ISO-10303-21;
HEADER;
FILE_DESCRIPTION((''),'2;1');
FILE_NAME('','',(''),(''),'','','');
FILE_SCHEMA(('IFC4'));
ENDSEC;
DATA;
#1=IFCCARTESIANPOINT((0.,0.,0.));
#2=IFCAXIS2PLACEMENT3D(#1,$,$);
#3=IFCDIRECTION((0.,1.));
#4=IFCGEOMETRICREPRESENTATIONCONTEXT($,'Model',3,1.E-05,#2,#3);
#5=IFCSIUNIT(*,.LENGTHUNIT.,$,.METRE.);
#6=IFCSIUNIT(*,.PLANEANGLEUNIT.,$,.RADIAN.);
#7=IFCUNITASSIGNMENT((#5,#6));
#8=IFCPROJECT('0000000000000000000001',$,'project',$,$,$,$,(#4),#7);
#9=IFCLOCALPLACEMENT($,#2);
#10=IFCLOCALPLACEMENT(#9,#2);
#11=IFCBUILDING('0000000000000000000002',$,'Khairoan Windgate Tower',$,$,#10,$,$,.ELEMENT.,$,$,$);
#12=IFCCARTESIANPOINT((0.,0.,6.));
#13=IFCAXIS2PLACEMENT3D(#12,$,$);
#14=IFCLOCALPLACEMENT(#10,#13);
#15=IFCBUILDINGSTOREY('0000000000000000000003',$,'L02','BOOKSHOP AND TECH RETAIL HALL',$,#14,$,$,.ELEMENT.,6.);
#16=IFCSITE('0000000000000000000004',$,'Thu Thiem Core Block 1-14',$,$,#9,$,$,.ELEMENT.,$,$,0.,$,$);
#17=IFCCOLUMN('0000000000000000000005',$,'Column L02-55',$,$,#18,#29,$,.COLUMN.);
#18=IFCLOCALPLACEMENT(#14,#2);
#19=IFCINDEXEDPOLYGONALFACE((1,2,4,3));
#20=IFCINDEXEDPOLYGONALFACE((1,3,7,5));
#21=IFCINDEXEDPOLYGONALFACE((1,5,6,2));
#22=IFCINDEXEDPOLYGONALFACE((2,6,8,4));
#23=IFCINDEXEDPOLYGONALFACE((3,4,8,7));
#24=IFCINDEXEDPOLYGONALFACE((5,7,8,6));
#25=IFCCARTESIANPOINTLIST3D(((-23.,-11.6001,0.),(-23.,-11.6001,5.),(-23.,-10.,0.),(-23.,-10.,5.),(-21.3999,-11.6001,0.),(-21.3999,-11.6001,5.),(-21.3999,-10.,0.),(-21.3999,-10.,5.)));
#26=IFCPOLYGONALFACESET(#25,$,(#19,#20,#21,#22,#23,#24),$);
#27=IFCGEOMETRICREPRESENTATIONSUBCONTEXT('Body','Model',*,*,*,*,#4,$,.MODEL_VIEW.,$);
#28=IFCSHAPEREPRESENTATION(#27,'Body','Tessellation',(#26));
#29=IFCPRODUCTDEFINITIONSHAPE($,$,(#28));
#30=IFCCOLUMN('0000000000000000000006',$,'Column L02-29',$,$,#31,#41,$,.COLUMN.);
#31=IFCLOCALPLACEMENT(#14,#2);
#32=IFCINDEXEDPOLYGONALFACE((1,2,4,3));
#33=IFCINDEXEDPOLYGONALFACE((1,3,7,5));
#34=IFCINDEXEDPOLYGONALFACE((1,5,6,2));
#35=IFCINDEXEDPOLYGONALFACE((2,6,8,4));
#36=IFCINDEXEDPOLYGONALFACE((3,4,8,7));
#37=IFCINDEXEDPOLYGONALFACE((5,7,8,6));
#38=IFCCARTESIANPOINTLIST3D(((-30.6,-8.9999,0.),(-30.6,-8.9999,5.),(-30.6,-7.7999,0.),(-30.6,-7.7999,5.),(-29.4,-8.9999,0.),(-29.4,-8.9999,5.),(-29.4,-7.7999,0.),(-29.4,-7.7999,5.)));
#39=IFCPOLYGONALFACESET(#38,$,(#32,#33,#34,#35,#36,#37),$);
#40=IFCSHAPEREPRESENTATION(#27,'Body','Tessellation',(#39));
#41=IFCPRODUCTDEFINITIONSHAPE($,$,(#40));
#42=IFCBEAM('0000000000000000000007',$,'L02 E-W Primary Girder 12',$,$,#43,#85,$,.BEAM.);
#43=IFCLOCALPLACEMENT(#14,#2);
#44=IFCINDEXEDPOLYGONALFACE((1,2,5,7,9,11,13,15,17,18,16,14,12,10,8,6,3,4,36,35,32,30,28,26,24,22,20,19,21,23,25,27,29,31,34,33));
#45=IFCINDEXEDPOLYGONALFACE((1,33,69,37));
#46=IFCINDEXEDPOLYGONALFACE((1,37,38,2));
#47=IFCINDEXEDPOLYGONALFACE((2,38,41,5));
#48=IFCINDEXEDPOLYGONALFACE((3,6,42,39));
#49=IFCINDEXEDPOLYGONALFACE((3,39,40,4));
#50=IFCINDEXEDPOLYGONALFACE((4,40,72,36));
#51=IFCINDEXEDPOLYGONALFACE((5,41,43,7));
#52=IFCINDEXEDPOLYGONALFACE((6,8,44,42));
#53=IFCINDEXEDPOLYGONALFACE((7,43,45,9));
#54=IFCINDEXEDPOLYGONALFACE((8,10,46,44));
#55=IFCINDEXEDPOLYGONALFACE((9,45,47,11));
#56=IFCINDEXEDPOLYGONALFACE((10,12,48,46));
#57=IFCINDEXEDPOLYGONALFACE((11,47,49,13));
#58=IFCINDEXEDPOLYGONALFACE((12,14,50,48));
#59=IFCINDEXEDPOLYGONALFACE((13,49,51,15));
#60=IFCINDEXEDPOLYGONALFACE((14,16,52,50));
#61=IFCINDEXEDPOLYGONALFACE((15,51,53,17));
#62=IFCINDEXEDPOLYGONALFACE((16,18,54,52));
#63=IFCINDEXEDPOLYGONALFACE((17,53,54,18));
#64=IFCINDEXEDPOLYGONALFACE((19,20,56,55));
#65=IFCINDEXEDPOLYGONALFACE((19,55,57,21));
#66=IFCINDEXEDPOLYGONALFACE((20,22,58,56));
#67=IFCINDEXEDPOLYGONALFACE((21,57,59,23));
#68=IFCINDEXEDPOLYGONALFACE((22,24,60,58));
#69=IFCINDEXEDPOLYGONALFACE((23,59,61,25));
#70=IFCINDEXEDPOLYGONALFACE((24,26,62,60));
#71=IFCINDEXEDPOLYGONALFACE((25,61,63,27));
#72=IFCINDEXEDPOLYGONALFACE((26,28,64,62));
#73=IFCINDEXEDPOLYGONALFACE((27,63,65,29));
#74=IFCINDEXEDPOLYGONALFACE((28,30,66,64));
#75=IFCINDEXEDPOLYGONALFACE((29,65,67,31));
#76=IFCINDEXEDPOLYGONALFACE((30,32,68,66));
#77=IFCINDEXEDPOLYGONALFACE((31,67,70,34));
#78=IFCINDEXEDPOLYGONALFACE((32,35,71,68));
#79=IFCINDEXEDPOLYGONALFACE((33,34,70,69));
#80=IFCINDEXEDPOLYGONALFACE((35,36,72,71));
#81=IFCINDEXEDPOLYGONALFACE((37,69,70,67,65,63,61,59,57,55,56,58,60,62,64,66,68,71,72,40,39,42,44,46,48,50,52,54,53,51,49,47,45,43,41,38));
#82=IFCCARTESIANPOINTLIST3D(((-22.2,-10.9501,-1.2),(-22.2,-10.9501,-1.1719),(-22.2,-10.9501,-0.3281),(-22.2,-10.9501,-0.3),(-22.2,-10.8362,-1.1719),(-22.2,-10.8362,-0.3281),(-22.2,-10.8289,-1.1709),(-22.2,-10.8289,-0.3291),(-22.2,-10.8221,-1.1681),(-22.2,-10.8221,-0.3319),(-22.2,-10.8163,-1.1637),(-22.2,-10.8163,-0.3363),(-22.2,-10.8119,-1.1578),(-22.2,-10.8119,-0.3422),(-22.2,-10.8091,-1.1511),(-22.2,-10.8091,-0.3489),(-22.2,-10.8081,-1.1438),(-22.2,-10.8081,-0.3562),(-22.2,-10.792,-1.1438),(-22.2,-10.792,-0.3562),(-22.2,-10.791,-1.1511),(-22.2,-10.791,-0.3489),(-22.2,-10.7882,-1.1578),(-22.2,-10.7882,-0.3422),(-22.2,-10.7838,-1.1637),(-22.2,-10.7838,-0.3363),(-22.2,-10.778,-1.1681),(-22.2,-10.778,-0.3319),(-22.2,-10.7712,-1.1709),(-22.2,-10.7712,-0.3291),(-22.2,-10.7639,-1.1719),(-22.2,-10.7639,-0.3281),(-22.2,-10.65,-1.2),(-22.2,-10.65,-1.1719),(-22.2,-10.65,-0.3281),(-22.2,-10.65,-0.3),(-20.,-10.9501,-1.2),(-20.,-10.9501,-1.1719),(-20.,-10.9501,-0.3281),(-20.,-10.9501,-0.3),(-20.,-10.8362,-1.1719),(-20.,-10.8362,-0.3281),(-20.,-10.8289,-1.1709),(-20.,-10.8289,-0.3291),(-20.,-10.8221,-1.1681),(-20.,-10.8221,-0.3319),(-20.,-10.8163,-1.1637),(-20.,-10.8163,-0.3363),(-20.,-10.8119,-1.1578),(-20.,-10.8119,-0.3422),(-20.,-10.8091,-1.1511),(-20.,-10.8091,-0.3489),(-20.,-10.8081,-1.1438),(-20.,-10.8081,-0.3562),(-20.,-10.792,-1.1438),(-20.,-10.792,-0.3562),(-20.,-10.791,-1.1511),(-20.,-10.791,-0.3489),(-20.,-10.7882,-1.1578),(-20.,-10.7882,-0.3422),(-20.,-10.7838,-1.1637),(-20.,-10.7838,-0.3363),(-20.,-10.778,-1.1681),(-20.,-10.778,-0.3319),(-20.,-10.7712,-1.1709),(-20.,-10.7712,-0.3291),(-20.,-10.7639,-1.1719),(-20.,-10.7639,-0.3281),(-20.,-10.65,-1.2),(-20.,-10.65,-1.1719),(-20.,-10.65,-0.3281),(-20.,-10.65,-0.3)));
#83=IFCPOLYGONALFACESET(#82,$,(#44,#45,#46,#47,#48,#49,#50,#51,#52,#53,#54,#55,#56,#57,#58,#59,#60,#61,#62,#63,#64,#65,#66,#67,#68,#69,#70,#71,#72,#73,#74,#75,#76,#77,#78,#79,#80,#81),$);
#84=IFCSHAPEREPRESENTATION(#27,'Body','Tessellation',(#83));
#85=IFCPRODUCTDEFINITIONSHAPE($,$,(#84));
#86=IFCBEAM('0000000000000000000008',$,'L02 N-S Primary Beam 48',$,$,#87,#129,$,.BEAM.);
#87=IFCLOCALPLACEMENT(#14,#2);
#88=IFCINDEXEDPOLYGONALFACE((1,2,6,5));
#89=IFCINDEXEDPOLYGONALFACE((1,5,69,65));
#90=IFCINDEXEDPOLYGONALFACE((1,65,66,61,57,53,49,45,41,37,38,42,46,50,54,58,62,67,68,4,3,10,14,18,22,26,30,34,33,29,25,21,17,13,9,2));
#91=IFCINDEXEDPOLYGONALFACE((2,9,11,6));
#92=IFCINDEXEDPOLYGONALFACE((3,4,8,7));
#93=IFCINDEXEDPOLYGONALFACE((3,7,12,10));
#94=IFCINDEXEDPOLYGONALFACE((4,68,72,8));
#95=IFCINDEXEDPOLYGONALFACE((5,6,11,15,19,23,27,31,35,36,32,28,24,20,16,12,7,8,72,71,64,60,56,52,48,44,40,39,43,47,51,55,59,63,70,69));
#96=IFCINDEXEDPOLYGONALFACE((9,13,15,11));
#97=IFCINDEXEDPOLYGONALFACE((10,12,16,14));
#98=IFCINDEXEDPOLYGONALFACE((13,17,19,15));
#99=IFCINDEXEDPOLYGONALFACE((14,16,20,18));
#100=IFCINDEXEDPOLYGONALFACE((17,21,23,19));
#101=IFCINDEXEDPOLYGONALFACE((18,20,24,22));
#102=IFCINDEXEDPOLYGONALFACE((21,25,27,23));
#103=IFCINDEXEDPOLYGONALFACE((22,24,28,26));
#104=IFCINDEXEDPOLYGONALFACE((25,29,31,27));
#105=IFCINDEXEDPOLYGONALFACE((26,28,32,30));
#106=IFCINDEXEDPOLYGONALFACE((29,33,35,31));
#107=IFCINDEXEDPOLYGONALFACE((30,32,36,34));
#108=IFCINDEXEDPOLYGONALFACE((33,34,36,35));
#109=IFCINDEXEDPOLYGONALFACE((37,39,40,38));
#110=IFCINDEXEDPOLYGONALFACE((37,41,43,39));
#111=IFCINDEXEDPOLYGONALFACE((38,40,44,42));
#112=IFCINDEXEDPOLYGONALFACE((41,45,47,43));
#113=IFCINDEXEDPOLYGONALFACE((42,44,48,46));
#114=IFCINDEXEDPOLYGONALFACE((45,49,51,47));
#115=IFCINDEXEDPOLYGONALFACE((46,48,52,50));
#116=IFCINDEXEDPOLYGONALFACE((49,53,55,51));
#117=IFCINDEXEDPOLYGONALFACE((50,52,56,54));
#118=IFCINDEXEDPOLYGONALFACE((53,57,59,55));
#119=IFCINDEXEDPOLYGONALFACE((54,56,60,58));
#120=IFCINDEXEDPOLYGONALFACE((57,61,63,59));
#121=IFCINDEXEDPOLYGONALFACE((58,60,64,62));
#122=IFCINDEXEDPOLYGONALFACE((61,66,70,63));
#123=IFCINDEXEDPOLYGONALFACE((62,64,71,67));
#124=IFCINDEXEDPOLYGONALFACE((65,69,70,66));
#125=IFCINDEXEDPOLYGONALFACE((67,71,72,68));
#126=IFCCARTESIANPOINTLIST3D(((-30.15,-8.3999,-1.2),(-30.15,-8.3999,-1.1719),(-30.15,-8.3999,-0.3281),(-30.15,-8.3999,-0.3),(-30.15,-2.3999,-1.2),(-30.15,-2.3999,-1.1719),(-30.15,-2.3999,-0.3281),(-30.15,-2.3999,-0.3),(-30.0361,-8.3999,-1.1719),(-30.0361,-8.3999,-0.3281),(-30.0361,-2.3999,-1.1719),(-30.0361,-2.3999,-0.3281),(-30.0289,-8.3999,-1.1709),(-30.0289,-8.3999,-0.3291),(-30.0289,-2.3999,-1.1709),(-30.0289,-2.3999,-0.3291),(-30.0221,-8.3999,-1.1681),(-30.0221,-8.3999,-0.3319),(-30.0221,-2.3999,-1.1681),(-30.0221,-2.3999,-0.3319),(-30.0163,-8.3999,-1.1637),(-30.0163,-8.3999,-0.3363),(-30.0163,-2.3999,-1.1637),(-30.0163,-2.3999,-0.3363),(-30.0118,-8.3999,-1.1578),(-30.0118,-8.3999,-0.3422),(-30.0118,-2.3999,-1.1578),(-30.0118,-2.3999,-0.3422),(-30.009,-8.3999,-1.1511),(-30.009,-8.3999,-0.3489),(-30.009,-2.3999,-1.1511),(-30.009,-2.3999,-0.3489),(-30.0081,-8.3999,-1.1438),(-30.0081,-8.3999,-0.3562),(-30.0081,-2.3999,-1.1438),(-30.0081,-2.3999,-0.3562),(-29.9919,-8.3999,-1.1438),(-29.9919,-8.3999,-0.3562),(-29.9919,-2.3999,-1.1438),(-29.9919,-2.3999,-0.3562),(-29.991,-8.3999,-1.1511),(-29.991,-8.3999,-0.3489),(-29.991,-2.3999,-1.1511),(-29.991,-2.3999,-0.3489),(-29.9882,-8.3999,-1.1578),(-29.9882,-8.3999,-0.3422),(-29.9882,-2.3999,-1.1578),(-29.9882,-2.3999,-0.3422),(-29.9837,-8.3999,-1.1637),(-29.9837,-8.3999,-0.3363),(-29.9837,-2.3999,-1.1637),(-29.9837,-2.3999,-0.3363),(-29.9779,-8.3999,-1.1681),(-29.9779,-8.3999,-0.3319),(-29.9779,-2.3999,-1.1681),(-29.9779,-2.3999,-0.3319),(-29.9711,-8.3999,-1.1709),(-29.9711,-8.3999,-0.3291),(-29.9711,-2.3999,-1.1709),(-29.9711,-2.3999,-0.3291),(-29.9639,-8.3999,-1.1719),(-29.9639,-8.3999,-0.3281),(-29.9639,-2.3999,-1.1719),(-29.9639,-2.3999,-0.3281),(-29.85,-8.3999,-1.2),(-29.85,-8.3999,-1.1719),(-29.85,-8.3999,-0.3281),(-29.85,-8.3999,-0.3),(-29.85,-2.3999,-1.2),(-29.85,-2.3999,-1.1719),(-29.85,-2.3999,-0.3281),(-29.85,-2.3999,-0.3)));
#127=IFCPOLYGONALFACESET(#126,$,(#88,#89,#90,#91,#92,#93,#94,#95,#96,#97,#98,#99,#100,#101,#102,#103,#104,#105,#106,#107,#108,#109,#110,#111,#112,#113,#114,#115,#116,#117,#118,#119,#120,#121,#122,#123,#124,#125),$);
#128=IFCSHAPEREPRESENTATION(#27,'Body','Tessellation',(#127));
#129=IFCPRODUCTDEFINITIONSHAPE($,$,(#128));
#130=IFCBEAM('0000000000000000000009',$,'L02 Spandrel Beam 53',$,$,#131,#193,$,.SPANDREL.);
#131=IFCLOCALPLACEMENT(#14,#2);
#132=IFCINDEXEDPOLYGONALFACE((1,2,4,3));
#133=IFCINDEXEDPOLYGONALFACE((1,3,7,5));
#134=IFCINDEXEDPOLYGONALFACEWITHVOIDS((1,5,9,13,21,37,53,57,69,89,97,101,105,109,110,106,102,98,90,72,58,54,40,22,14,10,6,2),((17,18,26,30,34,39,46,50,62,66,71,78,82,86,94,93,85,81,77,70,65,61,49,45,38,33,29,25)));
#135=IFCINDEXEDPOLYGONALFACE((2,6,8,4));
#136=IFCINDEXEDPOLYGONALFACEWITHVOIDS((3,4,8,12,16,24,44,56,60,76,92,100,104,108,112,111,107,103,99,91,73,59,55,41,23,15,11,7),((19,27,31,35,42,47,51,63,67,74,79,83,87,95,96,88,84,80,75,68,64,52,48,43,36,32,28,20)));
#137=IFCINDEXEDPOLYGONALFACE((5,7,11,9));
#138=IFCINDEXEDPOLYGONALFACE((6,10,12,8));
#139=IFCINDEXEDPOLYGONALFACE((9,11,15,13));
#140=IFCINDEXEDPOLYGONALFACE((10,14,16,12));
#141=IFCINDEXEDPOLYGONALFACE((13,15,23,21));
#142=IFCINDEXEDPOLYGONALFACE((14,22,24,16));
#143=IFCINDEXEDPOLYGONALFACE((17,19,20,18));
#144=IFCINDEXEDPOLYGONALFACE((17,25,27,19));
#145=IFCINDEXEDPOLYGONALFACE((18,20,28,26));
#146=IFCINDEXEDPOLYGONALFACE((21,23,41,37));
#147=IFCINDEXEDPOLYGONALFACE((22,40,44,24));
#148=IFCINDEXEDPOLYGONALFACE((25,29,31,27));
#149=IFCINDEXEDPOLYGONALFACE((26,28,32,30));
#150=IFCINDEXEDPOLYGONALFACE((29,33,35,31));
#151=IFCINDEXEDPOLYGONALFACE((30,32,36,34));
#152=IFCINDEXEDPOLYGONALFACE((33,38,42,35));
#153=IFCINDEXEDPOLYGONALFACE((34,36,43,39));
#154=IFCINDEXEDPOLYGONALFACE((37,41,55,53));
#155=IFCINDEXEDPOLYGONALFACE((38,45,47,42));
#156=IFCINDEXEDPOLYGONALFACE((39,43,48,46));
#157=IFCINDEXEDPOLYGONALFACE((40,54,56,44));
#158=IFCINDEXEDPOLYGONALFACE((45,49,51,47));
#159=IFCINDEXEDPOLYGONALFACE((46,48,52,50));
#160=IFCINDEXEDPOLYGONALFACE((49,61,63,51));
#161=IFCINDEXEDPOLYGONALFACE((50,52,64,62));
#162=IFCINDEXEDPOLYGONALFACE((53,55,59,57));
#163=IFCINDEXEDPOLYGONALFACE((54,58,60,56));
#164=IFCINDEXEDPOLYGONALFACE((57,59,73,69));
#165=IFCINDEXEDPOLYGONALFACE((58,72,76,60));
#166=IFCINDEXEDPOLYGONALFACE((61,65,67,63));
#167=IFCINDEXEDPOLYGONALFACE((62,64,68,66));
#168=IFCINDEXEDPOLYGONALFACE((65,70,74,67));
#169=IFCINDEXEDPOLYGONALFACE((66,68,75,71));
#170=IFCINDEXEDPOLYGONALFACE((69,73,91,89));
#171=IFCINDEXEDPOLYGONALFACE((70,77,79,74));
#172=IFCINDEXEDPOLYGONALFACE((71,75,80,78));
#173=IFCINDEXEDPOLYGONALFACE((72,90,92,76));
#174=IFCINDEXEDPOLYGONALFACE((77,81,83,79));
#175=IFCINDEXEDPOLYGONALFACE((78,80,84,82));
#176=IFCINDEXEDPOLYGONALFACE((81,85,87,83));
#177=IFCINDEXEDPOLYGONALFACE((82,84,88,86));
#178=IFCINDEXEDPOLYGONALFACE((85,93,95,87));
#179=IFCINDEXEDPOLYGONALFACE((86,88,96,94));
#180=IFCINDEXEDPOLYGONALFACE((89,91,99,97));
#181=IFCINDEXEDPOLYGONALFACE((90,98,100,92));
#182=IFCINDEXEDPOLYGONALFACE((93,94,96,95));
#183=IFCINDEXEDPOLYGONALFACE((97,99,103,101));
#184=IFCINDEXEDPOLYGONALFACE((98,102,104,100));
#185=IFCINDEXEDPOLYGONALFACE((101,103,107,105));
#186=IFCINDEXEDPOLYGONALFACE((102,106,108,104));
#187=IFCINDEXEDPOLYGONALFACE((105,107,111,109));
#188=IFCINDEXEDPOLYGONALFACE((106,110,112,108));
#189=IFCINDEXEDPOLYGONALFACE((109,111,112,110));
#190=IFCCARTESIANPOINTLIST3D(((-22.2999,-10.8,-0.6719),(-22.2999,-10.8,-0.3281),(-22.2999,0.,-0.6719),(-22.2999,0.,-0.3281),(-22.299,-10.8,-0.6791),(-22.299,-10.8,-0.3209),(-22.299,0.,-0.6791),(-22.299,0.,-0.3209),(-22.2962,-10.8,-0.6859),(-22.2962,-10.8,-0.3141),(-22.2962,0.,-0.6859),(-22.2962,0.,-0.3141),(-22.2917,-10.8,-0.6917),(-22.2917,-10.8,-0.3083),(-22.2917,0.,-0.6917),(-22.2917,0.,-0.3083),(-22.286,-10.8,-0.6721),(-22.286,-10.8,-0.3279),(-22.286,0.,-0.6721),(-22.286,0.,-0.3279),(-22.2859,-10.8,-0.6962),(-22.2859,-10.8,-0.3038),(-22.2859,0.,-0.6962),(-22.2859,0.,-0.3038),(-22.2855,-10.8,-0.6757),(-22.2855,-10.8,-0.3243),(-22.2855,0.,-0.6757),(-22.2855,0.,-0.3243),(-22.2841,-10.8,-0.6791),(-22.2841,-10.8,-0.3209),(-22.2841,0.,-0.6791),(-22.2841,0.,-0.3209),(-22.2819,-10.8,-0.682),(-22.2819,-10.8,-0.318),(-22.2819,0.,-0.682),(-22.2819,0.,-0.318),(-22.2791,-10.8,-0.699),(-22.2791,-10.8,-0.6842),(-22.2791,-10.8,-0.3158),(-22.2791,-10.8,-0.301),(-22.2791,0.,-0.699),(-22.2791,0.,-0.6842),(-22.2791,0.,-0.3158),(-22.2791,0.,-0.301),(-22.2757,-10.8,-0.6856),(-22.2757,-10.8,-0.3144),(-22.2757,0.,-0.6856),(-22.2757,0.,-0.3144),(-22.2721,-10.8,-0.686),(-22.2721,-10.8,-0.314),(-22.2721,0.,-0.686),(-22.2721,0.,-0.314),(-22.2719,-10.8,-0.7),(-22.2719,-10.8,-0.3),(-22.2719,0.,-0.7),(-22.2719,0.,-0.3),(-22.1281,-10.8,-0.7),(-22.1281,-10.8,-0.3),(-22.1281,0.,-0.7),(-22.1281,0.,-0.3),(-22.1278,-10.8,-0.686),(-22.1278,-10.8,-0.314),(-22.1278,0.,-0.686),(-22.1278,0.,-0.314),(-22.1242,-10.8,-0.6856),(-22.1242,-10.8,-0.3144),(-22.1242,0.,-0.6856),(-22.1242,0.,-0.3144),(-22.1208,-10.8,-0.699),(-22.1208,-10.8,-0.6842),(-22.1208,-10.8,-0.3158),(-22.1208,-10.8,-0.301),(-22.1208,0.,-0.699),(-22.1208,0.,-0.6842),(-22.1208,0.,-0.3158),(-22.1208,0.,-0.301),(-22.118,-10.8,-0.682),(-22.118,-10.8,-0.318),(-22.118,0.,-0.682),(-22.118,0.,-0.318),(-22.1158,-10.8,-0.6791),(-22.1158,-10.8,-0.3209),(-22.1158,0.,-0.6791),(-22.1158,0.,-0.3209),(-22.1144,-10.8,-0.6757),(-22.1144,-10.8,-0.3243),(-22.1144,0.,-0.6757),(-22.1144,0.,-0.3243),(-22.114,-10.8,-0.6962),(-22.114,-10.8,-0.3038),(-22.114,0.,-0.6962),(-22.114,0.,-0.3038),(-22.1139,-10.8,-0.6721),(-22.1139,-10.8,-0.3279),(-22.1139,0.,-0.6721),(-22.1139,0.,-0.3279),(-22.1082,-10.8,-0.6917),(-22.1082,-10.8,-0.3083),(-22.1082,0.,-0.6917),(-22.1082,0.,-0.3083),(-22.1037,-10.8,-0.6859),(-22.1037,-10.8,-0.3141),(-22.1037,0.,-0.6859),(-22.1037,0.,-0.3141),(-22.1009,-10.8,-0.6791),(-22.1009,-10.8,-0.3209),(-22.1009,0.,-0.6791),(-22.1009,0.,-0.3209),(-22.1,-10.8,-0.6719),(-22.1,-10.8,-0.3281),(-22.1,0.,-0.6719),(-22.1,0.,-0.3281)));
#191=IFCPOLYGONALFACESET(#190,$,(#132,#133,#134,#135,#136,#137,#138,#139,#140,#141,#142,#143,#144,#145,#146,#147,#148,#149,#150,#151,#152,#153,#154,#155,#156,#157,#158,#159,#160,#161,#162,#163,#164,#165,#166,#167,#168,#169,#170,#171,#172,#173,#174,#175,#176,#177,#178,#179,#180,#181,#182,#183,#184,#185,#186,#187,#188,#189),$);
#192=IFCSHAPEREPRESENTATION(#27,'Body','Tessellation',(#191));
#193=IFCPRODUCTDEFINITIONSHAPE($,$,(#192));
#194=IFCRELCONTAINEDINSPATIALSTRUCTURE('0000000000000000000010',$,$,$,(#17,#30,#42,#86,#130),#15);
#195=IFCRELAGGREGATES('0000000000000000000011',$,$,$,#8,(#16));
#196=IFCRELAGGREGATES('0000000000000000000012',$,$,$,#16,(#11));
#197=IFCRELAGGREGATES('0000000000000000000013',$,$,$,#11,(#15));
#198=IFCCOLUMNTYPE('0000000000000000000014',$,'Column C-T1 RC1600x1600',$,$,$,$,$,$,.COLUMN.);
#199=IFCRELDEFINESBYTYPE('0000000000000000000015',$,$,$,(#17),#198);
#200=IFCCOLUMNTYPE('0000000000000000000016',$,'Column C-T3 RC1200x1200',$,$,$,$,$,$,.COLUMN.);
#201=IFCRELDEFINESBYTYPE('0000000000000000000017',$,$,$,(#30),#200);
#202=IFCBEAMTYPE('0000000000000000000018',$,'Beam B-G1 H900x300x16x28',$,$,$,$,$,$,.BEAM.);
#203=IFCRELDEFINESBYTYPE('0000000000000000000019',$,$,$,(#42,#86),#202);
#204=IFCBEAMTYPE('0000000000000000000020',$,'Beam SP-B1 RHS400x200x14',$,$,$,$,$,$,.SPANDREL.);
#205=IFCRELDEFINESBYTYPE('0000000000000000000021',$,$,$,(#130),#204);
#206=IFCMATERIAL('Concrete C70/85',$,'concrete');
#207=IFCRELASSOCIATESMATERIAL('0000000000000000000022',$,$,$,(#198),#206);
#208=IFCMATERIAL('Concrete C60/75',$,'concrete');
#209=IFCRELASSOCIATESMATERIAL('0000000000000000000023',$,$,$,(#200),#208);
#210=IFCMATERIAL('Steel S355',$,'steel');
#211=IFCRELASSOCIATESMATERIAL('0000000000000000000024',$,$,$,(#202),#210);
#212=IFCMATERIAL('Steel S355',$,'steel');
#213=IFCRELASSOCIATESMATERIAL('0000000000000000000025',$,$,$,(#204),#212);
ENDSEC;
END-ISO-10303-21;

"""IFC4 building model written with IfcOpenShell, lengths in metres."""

from ifc_helpers import new_model, si_unit, direction, frame, origin, origin_2d, place, context, subcontext, project, spatial, rectangle, hollow_rectangle, i_section, extrude, material, material_profile, profile_set, type_object, element, save


model = new_model("IFC4")

# Units and contexts
model_context = context("Model", 3, precision=1e-05, world=origin(), true_north=direction((0.0, 1.0)))
body_context = subcontext(model_context, "Body", "Model", "MODEL_VIEW")
ifc_project = project(units=[si_unit("LENGTHUNIT", "METRE"), si_unit("PLANEANGLEUNIT", "RADIAN")], contexts=[model_context])

# Site, building, storey
site_placement = place(None, origin())
site = spatial("IfcSite", under=ifc_project, at=site_placement, Name="Thu Thiem Core Block 1-14", CompositionType="ELEMENT", RefElevation=0.0)
building_placement = place(site_placement, origin())
building = spatial("IfcBuilding", under=site, at=building_placement, Name="Khairoan Windgate Tower", CompositionType="ELEMENT")
storey_placement = place(building_placement, frame((0.0, 0.0, 6.0)))
storey = spatial("IfcBuildingStorey", under=building, at=storey_placement, Name="L02", Description="BOOKSHOP AND TECH RETAIL HALL", CompositionType="ELEMENT", Elevation=6.0)

# Columns
ifc_material_1 = material(Name="Concrete C70/85", Category="concrete")
ifc_material_profile_1 = material_profile(ifc_material_1, rectangle(XDim=1.6001, YDim=1.6001, at=origin_2d()))
ifc_profile_set_1 = profile_set([ifc_material_profile_1], Name="Concrete C70/85")
column_type_1 = type_object("IfcColumnType", Name="Column C-T1 RC1600x1600", PredefinedType="COLUMN", material=ifc_profile_set_1)
column_1_placement = place(storey_placement, frame((-22.2, -10.8, 0.0), z_axis=(0.0, 0.0, 1.0), x_axis=(1.0, 0.0, 0.0)))
element("IfcColumn", 1, at=column_1_placement, inside=storey, type_object=column_type_1, Name="Column L02-55", PredefinedType="COLUMN", context=body_context, shape_type="SweptSolid", body=[
    extrude(rectangle(XDim=1.6001, YDim=1.6001, at=origin_2d()), origin(), (0.0, 0.0, 1.0), 5.0),
])
ifc_material_2 = material(Name="Concrete C60/75", Category="concrete")
ifc_material_profile_2 = material_profile(ifc_material_2, rectangle(XDim=1.2, YDim=1.2, at=origin_2d()))
ifc_profile_set_2 = profile_set([ifc_material_profile_2], Name="Concrete C60/75")
column_type_2 = type_object("IfcColumnType", Name="Column C-T3 RC1200x1200", PredefinedType="COLUMN", material=ifc_profile_set_2)
column_2_placement = place(storey_placement, frame((-30.0, -8.3999, 0.0), z_axis=(0.0, 0.0, 1.0), x_axis=(1.0, 0.0, 0.0)))
element("IfcColumn", 2, at=column_2_placement, inside=storey, type_object=column_type_2, Name="Column L02-29", PredefinedType="COLUMN", context=body_context, shape_type="SweptSolid", body=[
    extrude(rectangle(XDim=1.2, YDim=1.2, at=origin_2d()), origin(), (0.0, 0.0, 1.0), 5.0),
])

# Beams
ifc_material_3 = material(Name="Steel S355", Category="steel")
ifc_material_profile_3 = material_profile(ifc_material_3, i_section(OverallWidth=0.3, OverallDepth=0.8999, WebThickness=0.0161, FlangeThickness=0.0281, FilletRadius=0.0281, at=origin_2d()))
ifc_profile_set_3 = profile_set([ifc_material_profile_3], Name="Steel S355")
beam_type_1 = type_object("IfcBeamType", Name="Beam B-G1 H900x300x16x28", PredefinedType="BEAM", material=ifc_profile_set_3)
beam_1_placement = place(storey_placement, frame((-22.2, -10.8, -0.75), z_axis=(1.0, 0.0, 0.0), x_axis=(0.0, 1.0, 0.0)))
element("IfcBeam", 3, at=beam_1_placement, inside=storey, type_object=beam_type_1, Name="L02 E-W Primary Girder 12", PredefinedType="BEAM", context=body_context, shape_type="SweptSolid", body=[
    extrude(i_section(OverallWidth=0.3, OverallDepth=0.8999, WebThickness=0.0161, FlangeThickness=0.0281, FilletRadius=0.0281, at=origin_2d()), origin(), (0.0, 0.0, 1.0), 2.2),
])
beam_2_placement = place(storey_placement, frame((-30.0, -8.3999, -0.75), z_axis=(0.0, 1.0, 0.0), x_axis=(-1.0, 0.0, 0.0)))
element("IfcBeam", 4, at=beam_2_placement, inside=storey, type_object=beam_type_1, Name="L02 N-S Primary Beam 48", PredefinedType="BEAM", context=body_context, shape_type="SweptSolid", body=[
    extrude(i_section(OverallWidth=0.3, OverallDepth=0.8999, WebThickness=0.0161, FlangeThickness=0.0281, FilletRadius=0.0281, at=origin_2d()), origin(), (0.0, 0.0, 1.0), 6.0),
])
ifc_material_4 = material(Name="Steel S355", Category="steel")
ifc_material_profile_4 = material_profile(ifc_material_4, hollow_rectangle(XDim=0.2, YDim=0.3999, WallThickness=0.0139, InnerFilletRadius=0.0139, OuterFilletRadius=0.0281, at=origin_2d()))
ifc_profile_set_4 = profile_set([ifc_material_profile_4], Name="Steel S355")
beam_type_2 = type_object("IfcBeamType", Name="Beam SP-B1 RHS400x200x14", PredefinedType="SPANDREL", material=ifc_profile_set_4)
beam_3_placement = place(storey_placement, frame((-22.2, -10.8, -0.5), z_axis=(0.0, 1.0, 0.0), x_axis=(-1.0, 0.0, 0.0)))
element("IfcBeam", 5, at=beam_3_placement, inside=storey, type_object=beam_type_2, Name="L02 Spandrel Beam 53", PredefinedType="SPANDREL", context=body_context, shape_type="SweptSolid", body=[
    extrude(hollow_rectangle(XDim=0.2, YDim=0.3999, WallThickness=0.0139, InnerFilletRadius=0.0139, OuterFilletRadius=0.0281, at=origin_2d()), origin(), (0.0, 0.0, 1.0), 10.8),
])

save(model, "model.ifc")
